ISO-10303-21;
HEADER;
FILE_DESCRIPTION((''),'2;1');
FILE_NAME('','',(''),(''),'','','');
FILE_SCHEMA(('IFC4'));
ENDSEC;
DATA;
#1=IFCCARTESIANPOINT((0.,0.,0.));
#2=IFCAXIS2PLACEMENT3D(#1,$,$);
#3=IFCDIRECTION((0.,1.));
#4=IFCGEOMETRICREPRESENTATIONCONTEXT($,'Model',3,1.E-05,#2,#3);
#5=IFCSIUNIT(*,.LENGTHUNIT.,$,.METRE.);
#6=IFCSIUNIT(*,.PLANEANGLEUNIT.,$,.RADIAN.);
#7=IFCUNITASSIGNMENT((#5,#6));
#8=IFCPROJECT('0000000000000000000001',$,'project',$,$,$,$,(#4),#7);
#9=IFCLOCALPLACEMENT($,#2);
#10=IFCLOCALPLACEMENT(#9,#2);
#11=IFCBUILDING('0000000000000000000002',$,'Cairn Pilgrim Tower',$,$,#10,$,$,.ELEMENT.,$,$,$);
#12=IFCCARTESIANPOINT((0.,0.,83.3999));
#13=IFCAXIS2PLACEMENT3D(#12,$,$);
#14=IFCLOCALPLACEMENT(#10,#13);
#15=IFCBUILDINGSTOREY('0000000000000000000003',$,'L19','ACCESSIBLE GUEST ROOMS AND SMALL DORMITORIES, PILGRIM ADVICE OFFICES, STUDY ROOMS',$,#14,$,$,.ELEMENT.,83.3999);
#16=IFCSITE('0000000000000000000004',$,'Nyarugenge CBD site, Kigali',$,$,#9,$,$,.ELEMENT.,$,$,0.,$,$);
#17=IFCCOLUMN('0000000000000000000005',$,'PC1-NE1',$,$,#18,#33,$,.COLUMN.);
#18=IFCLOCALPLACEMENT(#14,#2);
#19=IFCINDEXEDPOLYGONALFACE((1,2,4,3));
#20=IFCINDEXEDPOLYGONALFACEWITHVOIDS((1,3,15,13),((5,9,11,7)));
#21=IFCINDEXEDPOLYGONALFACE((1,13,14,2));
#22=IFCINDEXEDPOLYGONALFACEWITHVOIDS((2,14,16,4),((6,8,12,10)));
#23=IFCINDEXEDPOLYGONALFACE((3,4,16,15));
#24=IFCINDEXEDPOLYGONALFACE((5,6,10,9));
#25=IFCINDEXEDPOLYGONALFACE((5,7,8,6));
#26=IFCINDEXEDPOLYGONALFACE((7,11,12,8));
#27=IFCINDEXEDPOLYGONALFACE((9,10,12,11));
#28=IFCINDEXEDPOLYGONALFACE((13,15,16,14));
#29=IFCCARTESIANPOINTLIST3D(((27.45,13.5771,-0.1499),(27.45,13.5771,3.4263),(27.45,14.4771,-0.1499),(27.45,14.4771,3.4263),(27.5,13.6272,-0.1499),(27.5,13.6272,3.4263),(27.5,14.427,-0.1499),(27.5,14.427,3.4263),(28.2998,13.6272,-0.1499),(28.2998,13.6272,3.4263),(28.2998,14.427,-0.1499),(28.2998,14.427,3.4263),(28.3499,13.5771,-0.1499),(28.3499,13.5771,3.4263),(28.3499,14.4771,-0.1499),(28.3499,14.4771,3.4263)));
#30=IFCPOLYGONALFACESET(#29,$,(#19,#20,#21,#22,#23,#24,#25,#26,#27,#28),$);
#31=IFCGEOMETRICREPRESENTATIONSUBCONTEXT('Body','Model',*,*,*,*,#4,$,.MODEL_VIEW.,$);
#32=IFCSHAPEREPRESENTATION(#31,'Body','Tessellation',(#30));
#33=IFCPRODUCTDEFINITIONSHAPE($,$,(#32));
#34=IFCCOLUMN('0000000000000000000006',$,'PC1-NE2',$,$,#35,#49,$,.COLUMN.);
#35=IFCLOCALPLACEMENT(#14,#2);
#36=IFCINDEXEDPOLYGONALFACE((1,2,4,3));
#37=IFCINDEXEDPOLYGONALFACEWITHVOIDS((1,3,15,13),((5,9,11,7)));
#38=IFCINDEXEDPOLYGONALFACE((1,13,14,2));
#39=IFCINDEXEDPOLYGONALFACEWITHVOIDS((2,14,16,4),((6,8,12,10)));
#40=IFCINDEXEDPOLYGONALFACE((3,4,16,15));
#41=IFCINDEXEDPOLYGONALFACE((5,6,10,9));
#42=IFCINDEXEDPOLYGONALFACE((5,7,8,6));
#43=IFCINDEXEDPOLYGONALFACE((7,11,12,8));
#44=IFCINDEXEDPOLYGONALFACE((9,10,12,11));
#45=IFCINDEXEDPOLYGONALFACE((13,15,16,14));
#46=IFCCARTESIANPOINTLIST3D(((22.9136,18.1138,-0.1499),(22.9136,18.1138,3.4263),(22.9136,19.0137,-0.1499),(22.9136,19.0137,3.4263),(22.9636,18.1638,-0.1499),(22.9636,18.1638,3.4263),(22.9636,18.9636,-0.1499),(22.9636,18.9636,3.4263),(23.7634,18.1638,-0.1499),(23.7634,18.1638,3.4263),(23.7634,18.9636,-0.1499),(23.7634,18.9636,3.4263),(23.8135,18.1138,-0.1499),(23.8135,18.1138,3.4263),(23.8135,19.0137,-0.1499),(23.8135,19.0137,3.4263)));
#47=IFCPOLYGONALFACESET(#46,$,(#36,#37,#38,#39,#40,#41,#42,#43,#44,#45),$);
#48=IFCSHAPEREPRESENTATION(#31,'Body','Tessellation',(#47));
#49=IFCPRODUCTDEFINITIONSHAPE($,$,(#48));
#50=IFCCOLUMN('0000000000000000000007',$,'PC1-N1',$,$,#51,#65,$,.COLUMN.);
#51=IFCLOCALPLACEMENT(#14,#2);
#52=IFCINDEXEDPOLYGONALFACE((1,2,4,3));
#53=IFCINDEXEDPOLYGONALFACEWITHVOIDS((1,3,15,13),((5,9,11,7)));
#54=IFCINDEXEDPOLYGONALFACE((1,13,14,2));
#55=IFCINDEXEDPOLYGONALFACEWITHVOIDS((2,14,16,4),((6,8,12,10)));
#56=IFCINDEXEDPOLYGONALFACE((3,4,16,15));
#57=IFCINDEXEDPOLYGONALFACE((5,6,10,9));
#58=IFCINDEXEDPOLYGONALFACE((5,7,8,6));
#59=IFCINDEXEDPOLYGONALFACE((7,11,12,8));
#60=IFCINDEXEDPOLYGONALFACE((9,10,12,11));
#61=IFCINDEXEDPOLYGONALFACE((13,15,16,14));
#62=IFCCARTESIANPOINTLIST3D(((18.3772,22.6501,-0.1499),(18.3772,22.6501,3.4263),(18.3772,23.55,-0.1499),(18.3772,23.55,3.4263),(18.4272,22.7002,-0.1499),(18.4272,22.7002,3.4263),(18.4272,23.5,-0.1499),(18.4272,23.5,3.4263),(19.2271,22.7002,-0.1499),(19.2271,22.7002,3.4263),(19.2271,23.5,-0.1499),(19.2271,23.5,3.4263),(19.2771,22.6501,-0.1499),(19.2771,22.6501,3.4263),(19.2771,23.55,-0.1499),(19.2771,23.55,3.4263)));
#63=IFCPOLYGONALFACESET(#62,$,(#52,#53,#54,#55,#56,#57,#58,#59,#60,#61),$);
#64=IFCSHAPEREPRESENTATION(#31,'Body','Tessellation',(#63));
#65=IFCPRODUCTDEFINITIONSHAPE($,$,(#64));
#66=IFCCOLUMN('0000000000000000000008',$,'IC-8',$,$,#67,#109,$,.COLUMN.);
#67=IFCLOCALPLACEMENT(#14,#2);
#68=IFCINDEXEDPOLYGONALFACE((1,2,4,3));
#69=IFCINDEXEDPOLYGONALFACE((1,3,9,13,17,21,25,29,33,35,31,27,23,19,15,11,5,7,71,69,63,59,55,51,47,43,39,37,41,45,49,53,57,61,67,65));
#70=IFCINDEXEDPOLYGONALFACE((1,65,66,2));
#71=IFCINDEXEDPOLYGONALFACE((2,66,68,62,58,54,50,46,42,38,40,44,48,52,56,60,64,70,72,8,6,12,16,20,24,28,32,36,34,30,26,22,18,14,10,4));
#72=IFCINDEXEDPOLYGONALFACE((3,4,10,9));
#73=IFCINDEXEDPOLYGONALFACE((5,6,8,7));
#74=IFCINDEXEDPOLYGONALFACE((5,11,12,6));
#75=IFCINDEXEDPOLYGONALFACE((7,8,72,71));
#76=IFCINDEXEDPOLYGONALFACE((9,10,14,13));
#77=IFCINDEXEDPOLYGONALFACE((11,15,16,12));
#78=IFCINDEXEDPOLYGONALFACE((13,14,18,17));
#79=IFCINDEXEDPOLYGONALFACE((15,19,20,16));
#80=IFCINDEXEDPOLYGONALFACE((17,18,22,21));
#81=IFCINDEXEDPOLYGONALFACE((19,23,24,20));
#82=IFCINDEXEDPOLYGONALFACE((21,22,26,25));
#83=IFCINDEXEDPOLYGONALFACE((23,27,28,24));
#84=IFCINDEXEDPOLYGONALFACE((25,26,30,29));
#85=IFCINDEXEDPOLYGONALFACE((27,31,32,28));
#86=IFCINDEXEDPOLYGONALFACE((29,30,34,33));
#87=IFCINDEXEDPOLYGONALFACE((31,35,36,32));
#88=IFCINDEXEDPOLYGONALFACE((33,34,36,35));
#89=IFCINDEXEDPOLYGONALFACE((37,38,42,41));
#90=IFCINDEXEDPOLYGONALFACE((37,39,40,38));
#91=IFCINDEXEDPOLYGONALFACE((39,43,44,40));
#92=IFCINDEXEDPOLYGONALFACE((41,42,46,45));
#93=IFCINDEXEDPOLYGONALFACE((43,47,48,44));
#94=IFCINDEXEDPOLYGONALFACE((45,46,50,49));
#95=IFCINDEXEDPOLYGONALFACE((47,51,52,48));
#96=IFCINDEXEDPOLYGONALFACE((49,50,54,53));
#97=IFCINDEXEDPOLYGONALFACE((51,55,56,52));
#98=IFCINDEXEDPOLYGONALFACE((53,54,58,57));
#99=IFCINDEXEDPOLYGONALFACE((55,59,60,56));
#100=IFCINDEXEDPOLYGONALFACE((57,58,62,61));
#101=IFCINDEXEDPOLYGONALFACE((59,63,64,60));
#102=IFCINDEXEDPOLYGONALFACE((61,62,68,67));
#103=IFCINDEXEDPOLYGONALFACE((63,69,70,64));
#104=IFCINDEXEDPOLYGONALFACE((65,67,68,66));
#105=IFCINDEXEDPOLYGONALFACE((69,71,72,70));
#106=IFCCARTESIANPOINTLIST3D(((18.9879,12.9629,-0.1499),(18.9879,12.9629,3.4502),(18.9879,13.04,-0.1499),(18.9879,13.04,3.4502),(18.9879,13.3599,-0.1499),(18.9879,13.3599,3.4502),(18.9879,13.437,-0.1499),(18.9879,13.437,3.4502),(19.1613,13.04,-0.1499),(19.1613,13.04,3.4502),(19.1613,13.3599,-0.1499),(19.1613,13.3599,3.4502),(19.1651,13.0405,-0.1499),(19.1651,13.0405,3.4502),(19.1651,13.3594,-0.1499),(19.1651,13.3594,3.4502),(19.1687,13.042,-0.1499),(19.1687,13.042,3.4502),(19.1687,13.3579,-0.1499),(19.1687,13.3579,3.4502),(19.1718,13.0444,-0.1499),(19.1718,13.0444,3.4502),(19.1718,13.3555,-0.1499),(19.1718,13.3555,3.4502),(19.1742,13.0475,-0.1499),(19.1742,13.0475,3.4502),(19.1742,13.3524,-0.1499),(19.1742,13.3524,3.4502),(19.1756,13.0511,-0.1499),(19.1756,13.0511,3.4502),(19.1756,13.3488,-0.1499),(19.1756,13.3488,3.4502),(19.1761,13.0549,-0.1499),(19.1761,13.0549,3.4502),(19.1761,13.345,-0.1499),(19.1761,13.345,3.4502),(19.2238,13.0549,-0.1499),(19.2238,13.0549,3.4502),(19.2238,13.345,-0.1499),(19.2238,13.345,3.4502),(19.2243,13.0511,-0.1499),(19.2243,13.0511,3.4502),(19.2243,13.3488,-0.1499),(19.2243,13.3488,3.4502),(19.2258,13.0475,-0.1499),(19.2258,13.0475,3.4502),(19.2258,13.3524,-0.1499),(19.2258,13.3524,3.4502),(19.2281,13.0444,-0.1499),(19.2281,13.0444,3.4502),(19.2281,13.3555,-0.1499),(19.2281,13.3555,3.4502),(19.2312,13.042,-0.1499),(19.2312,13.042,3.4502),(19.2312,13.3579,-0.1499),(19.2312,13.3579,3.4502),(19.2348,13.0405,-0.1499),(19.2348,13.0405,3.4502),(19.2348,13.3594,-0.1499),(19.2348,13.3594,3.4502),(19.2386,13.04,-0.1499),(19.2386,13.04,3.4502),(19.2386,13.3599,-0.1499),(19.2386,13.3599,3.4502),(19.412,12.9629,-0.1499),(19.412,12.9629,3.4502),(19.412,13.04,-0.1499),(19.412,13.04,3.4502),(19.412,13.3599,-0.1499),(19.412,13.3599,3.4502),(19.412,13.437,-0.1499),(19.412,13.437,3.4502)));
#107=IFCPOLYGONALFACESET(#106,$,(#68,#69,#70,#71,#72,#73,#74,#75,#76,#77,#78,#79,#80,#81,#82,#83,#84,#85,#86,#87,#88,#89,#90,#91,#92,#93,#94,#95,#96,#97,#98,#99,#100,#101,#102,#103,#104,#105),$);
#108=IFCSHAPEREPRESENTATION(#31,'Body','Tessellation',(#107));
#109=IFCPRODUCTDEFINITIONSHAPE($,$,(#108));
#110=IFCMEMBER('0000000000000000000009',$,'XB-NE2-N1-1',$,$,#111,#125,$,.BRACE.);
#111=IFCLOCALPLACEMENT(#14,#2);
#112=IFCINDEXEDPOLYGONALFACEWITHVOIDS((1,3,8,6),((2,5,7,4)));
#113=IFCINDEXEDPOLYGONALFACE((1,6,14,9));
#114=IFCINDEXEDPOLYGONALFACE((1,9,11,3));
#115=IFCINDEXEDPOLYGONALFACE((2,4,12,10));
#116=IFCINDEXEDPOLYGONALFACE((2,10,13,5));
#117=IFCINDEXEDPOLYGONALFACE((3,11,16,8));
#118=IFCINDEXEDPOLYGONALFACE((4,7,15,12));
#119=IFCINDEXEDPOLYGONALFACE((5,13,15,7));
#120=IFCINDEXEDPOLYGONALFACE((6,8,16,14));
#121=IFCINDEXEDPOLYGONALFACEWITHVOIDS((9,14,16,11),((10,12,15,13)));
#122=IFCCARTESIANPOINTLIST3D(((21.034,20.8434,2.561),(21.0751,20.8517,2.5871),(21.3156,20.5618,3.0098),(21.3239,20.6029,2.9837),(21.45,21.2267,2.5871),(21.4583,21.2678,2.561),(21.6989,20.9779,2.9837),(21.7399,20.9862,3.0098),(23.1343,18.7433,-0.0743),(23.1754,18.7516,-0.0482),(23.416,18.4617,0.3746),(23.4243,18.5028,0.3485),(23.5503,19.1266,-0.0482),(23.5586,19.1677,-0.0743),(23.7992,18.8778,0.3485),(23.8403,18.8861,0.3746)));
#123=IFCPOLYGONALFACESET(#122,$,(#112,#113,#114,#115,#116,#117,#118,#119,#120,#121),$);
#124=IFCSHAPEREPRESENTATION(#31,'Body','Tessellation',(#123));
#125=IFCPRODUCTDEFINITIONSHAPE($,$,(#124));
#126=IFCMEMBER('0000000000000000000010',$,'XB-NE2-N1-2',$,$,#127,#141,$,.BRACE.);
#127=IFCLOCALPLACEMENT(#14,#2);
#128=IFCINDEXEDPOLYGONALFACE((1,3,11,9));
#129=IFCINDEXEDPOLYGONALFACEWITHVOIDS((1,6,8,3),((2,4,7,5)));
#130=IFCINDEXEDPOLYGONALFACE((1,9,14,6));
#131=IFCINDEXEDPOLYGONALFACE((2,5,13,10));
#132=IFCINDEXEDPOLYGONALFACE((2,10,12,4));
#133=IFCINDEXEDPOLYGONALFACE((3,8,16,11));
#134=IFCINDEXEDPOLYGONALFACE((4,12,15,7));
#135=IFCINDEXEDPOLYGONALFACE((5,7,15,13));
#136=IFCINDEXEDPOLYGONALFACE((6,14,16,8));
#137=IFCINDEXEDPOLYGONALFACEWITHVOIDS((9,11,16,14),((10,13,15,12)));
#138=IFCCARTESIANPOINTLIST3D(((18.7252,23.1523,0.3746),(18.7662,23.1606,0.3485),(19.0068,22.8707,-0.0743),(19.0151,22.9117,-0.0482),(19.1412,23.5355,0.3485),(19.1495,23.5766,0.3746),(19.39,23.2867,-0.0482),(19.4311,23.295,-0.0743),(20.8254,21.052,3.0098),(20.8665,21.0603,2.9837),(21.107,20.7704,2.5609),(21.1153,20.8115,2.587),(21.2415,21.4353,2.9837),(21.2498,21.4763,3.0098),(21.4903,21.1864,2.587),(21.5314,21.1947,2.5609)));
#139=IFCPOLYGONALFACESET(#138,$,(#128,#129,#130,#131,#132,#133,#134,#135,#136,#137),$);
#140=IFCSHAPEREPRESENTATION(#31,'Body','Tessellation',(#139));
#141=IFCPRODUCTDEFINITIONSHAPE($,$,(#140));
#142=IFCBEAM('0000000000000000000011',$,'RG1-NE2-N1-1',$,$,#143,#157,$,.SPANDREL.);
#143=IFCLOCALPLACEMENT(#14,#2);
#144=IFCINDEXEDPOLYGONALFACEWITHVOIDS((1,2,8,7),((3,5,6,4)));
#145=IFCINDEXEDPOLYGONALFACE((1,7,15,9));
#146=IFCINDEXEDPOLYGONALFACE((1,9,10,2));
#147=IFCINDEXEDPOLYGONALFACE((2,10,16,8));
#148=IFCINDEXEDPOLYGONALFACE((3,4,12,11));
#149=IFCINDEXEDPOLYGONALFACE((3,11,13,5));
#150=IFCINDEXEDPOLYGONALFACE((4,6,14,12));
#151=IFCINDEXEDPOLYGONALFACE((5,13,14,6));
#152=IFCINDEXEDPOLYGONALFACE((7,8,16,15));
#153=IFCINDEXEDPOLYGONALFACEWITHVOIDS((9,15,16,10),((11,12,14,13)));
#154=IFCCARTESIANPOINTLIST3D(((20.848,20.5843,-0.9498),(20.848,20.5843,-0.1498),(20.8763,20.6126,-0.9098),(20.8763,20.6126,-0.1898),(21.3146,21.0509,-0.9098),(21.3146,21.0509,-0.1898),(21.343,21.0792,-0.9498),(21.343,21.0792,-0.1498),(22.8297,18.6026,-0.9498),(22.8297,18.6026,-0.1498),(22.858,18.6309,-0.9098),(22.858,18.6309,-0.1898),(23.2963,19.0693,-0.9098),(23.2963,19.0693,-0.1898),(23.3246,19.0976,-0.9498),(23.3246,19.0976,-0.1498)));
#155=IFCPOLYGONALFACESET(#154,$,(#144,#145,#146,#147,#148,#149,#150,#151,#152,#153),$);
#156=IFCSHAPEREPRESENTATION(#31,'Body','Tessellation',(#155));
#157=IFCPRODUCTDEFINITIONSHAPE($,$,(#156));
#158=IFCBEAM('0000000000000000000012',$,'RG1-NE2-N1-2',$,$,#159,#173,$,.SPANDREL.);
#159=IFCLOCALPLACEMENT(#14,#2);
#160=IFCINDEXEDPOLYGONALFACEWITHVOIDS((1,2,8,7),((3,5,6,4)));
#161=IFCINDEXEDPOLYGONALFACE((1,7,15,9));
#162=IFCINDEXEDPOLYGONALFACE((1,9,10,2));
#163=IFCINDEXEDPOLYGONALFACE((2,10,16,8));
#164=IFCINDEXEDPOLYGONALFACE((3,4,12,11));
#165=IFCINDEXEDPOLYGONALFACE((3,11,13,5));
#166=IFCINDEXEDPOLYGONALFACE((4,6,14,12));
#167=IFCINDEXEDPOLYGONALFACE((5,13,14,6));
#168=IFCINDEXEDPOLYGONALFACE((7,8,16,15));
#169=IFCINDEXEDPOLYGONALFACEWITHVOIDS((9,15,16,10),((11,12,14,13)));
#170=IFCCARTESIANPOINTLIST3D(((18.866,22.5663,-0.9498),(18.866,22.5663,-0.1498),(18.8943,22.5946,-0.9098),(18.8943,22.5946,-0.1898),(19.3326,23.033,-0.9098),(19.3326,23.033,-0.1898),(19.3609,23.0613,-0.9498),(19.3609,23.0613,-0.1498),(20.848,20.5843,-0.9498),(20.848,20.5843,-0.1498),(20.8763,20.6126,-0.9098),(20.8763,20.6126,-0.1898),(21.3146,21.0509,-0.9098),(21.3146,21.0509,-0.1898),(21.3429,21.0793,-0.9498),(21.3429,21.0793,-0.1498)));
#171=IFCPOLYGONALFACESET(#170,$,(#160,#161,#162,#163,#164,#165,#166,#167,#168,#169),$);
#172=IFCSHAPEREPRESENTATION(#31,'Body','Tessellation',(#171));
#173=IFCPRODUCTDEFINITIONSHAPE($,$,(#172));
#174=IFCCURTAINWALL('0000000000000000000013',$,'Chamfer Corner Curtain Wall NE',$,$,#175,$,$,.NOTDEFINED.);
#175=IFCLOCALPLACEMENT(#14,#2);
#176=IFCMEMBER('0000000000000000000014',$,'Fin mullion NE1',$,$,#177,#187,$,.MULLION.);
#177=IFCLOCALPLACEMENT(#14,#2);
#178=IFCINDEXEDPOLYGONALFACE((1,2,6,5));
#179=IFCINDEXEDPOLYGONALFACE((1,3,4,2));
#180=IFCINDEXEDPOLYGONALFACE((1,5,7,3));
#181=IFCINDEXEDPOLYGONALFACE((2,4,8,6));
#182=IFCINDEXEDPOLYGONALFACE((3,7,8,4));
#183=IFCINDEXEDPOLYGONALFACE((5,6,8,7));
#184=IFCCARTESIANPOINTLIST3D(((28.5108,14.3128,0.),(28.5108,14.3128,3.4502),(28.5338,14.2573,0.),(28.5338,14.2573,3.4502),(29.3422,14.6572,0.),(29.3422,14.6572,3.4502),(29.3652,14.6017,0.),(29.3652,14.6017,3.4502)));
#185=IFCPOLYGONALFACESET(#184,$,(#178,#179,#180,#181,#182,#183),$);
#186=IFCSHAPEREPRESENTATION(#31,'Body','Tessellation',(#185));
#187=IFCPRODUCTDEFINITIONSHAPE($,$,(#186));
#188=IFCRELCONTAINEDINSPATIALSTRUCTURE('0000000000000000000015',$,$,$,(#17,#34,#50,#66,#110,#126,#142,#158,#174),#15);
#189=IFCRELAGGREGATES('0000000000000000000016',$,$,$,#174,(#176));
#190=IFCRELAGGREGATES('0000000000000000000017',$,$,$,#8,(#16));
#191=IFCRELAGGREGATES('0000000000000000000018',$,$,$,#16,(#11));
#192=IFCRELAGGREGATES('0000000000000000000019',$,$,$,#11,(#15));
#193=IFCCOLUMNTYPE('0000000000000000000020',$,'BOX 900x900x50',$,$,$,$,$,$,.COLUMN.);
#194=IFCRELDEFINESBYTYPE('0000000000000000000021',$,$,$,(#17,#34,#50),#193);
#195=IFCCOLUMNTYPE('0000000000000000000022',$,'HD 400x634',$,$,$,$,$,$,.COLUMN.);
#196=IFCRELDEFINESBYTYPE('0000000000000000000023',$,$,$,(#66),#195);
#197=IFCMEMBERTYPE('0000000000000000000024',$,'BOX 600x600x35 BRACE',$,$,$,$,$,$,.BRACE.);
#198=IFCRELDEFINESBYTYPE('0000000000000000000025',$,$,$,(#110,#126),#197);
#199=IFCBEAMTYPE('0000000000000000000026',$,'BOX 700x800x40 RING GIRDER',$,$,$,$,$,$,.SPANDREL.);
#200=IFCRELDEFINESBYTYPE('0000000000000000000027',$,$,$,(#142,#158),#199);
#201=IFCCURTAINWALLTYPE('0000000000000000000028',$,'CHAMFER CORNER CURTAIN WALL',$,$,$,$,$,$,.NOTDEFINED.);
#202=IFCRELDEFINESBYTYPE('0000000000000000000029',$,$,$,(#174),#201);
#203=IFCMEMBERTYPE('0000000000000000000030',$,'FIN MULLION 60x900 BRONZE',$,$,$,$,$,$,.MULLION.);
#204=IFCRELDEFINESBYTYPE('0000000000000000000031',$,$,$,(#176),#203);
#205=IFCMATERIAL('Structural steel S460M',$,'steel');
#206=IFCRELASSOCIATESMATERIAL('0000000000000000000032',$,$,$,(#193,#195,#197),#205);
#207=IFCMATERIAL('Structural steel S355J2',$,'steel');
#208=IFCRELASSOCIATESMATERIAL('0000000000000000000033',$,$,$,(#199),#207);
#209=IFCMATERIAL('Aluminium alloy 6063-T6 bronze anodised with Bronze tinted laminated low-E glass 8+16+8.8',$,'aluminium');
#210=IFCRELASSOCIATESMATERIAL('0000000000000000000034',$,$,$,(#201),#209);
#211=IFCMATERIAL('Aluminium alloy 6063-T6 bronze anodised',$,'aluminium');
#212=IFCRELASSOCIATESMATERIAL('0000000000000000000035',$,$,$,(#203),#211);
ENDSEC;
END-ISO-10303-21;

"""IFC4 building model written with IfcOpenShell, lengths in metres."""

from ifc_helpers import new_model, si_unit, direction, frame, origin, origin_2d, place, context, subcontext, project, spatial, rectangle, hollow_rectangle, i_section, extrude, clip, halfspace, material, material_profile, profile_set, type_object, element, aggregate, save


model = new_model("IFC4")

# Units and contexts
model_context = context("Model", 3, precision=1e-05, world=origin(), true_north=direction((0.0, 1.0)))
body_context = subcontext(model_context, "Body", "Model", "MODEL_VIEW")
ifc_project = project(units=[si_unit("LENGTHUNIT", "METRE"), si_unit("PLANEANGLEUNIT", "RADIAN")], contexts=[model_context])

# Site, building, storey
site_placement = place(None, origin())
site = spatial("IfcSite", under=ifc_project, at=site_placement, Name="Nyarugenge CBD site, Kigali", CompositionType="ELEMENT", RefElevation=0.0)
building_placement = place(site_placement, origin())
building = spatial("IfcBuilding", under=site, at=building_placement, Name="Cairn Pilgrim Tower", CompositionType="ELEMENT")
storey_placement = place(building_placement, frame((0.0, 0.0, 83.3999)))
storey = spatial("IfcBuildingStorey", under=building, at=storey_placement, Name="L19", Description="ACCESSIBLE GUEST ROOMS AND SMALL DORMITORIES, PILGRIM ADVICE OFFICES, STUDY ROOMS", CompositionType="ELEMENT", Elevation=83.3999)

# Columns
ifc_material_1 = material(Name="Structural steel S460M", Category="steel")
ifc_material_profile_1 = material_profile(ifc_material_1, hollow_rectangle(XDim=0.8999, YDim=0.8999, WallThickness=0.05, at=origin_2d()), Name="BOX 900x900x50")
ifc_profile_set_1 = profile_set([ifc_material_profile_1], Name="Structural steel S460M")
column_type_1 = type_object("IfcColumnType", Name="BOX 900x900x50", PredefinedType="COLUMN", material=ifc_profile_set_1)
for number, where, z_axis, x_axis, name in (
    (1, (27.8999, 14.0271, -0.1499), (0.0, 0.0, 1.0), (1.0, 0.0, 0.0), "PC1-NE1"),
    (2, (23.3635, 18.5637, -0.1499), (0.0, 0.0, 1.0), (1.0, 0.0, 0.0), "PC1-NE2"),
    (3, (18.8271, 23.1001, -0.1499), (0.0, 0.0, 1.0), (1.0, 0.0, 0.0), "PC1-N1"),
):
    element("IfcColumn", number, at=place(storey_placement, frame(where, z_axis=z_axis, x_axis=x_axis)), inside=storey, type_object=column_type_1, Name=name, PredefinedType="COLUMN", context=body_context, shape_type="Clipping", body=[
        clip(extrude(hollow_rectangle(XDim=0.8999, YDim=0.8999, WallThickness=0.05, at=origin_2d()), origin(), (0.0, 0.0, 1.0), 3.6001), halfspace(frame((0.0, 0.0, 3.5762), z_axis=(0.0, 0.0, 1.0), x_axis=(1.0, 0.0, 0.0)), False)),
    ])
ifc_material_profile_2 = material_profile(ifc_material_1, i_section(OverallWidth=0.4241, OverallDepth=0.4741, WebThickness=0.0476, FlangeThickness=0.0771, FilletRadius=0.0149, at=origin_2d()), Name="HD 400x634")
ifc_profile_set_2 = profile_set([ifc_material_profile_2], Name="Structural steel S460M")
column_type_2 = type_object("IfcColumnType", Name="HD 400x634", PredefinedType="COLUMN", material=ifc_profile_set_2)
column_placement = place(storey_placement, frame((19.2, 13.2, -0.1499), z_axis=(0.0, 0.0, 1.0), x_axis=(1.0, 0.0, 0.0)))
element("IfcColumn", 4, at=column_placement, inside=storey, type_object=column_type_2, Name="IC-8", PredefinedType="COLUMN", context=body_context, shape_type="SweptSolid", body=[
    extrude(i_section(OverallWidth=0.4241, OverallDepth=0.4741, WebThickness=0.0476, FlangeThickness=0.0771, FilletRadius=0.0149, at=origin_2d()), origin(), (0.0, 0.0, 1.0), 3.6001),
])

# Members
ifc_material_profile_3 = material_profile(ifc_material_1, hollow_rectangle(XDim=0.6001, YDim=0.6001, WallThickness=0.0349, at=origin_2d()), Name="BOX 600x600x35")
ifc_profile_set_3 = profile_set([ifc_material_profile_3], Name="Structural steel S460M")
member_type_1 = type_object("IfcMemberType", Name="BOX 600x600x35 BRACE", PredefinedType="BRACE", material=ifc_profile_set_3)
for number, where, z_axis, x_axis, name in (
    (5, (23.4873, 18.8147, 0.1501), (-0.528961, 0.528899, 0.663676), (-0.707066, -0.707148, 0.0), "XB-NE2-N1-1"),
    (6, (19.0781, 23.2236, 0.1501), (0.528944, -0.528944, 0.663654), (0.707107, 0.707107, 0.0), "XB-NE2-N1-2"),
):
    element("IfcMember", number, at=place(storey_placement, frame(where, z_axis=z_axis, x_axis=x_axis)), inside=storey, type_object=member_type_1, Name=name, PredefinedType="BRACE", context=body_context, shape_type="SweptSolid", body=[
        extrude(hollow_rectangle(XDim=0.6001, YDim=0.6001, WallThickness=0.0349, at=origin_2d()), origin(), (0.0, 0.0, 1.0), 3.9707),
    ])

# Beams
ifc_material_2 = material(Name="Structural steel S355J2", Category="steel")
ifc_material_profile_4 = material_profile(ifc_material_2, hollow_rectangle(XDim=0.7, YDim=0.8, WallThickness=0.04, at=origin_2d()), Name="BOX 700x800x40")
ifc_profile_set_4 = profile_set([ifc_material_profile_4], Name="Structural steel S355J2")
beam_type_1 = type_object("IfcBeamType", Name="BOX 700x800x40 RING GIRDER", PredefinedType="SPANDREL", material=ifc_profile_set_4)
beam_1_placement = place(storey_placement, frame((23.0771, 18.8501, -0.5498), z_axis=(-0.707107, 0.707107, 0.0), x_axis=(-0.707107, -0.707107, 0.0)))
element("IfcBeam", 7, at=beam_1_placement, inside=storey, type_object=beam_type_1, Name="RG1-NE2-N1-1", PredefinedType="SPANDREL", context=body_context, shape_type="SweptSolid", body=[
    extrude(hollow_rectangle(XDim=0.7, YDim=0.8, WallThickness=0.04, at=origin_2d()), origin(), (0.0, 0.0, 1.0), 2.8025),
])
beam_2_placement = place(storey_placement, frame((21.0955, 20.8318, -0.5498), z_axis=(-0.707107, 0.707107, 0.0), x_axis=(-0.707107, -0.707107, 0.0)))
element("IfcBeam", 8, at=beam_2_placement, inside=storey, type_object=beam_type_1, Name="RG1-NE2-N1-2", PredefinedType="SPANDREL", context=body_context, shape_type="SweptSolid", body=[
    extrude(hollow_rectangle(XDim=0.7, YDim=0.8, WallThickness=0.04, at=origin_2d()), origin(), (0.0, 0.0, 1.0), 2.803),
])

# Curtain wall, member
ifc_material_3 = material(Name="Aluminium alloy 6063-T6 bronze anodised with Bronze tinted laminated low-E glass 8+16+8.8", Category="aluminium")
curtain_wall_type_1 = type_object("IfcCurtainWallType", Name="CHAMFER CORNER CURTAIN WALL", PredefinedType="NOTDEFINED", material=ifc_material_3)
curtain_wall_1_placement = place(storey_placement, origin())
curtain_wall_1 = element("IfcCurtainWall", 9, at=curtain_wall_1_placement, inside=storey, type_object=curtain_wall_type_1, Name="Chamfer Corner Curtain Wall NE", PredefinedType="NOTDEFINED")
ifc_material_4 = material(Name="Aluminium alloy 6063-T6 bronze anodised", Category="aluminium")
ifc_material_profile_5 = material_profile(ifc_material_4, rectangle(XDim=0.8999, YDim=0.0601, at=origin_2d()), Name="FIN MULLION 60x900 BRONZE")
ifc_profile_set_5 = profile_set([ifc_material_profile_5], Name="Aluminium alloy 6063-T6 bronze anodised")
member_type_2 = type_object("IfcMemberType", Name="FIN MULLION 60x900 BRONZE", PredefinedType="MULLION", material=ifc_profile_set_5)
member_1_placement = place(storey_placement, frame((28.938, 14.4573, 0.0), z_axis=(0.0, 0.0, 1.0), x_axis=(0.92388, 0.382683, 0.0)))
member_1 = element("IfcMember", 10, at=member_1_placement, type_object=member_type_2, Name="Fin mullion NE1", PredefinedType="MULLION", context=body_context, shape_type="SweptSolid", body=[
    extrude(rectangle(XDim=0.8999, YDim=0.0601, at=origin_2d()), origin(), (0.0, 0.0, 1.0), 3.4502),
])

aggregate(curtain_wall_1, [member_1])

save(model, "model.ifc")
